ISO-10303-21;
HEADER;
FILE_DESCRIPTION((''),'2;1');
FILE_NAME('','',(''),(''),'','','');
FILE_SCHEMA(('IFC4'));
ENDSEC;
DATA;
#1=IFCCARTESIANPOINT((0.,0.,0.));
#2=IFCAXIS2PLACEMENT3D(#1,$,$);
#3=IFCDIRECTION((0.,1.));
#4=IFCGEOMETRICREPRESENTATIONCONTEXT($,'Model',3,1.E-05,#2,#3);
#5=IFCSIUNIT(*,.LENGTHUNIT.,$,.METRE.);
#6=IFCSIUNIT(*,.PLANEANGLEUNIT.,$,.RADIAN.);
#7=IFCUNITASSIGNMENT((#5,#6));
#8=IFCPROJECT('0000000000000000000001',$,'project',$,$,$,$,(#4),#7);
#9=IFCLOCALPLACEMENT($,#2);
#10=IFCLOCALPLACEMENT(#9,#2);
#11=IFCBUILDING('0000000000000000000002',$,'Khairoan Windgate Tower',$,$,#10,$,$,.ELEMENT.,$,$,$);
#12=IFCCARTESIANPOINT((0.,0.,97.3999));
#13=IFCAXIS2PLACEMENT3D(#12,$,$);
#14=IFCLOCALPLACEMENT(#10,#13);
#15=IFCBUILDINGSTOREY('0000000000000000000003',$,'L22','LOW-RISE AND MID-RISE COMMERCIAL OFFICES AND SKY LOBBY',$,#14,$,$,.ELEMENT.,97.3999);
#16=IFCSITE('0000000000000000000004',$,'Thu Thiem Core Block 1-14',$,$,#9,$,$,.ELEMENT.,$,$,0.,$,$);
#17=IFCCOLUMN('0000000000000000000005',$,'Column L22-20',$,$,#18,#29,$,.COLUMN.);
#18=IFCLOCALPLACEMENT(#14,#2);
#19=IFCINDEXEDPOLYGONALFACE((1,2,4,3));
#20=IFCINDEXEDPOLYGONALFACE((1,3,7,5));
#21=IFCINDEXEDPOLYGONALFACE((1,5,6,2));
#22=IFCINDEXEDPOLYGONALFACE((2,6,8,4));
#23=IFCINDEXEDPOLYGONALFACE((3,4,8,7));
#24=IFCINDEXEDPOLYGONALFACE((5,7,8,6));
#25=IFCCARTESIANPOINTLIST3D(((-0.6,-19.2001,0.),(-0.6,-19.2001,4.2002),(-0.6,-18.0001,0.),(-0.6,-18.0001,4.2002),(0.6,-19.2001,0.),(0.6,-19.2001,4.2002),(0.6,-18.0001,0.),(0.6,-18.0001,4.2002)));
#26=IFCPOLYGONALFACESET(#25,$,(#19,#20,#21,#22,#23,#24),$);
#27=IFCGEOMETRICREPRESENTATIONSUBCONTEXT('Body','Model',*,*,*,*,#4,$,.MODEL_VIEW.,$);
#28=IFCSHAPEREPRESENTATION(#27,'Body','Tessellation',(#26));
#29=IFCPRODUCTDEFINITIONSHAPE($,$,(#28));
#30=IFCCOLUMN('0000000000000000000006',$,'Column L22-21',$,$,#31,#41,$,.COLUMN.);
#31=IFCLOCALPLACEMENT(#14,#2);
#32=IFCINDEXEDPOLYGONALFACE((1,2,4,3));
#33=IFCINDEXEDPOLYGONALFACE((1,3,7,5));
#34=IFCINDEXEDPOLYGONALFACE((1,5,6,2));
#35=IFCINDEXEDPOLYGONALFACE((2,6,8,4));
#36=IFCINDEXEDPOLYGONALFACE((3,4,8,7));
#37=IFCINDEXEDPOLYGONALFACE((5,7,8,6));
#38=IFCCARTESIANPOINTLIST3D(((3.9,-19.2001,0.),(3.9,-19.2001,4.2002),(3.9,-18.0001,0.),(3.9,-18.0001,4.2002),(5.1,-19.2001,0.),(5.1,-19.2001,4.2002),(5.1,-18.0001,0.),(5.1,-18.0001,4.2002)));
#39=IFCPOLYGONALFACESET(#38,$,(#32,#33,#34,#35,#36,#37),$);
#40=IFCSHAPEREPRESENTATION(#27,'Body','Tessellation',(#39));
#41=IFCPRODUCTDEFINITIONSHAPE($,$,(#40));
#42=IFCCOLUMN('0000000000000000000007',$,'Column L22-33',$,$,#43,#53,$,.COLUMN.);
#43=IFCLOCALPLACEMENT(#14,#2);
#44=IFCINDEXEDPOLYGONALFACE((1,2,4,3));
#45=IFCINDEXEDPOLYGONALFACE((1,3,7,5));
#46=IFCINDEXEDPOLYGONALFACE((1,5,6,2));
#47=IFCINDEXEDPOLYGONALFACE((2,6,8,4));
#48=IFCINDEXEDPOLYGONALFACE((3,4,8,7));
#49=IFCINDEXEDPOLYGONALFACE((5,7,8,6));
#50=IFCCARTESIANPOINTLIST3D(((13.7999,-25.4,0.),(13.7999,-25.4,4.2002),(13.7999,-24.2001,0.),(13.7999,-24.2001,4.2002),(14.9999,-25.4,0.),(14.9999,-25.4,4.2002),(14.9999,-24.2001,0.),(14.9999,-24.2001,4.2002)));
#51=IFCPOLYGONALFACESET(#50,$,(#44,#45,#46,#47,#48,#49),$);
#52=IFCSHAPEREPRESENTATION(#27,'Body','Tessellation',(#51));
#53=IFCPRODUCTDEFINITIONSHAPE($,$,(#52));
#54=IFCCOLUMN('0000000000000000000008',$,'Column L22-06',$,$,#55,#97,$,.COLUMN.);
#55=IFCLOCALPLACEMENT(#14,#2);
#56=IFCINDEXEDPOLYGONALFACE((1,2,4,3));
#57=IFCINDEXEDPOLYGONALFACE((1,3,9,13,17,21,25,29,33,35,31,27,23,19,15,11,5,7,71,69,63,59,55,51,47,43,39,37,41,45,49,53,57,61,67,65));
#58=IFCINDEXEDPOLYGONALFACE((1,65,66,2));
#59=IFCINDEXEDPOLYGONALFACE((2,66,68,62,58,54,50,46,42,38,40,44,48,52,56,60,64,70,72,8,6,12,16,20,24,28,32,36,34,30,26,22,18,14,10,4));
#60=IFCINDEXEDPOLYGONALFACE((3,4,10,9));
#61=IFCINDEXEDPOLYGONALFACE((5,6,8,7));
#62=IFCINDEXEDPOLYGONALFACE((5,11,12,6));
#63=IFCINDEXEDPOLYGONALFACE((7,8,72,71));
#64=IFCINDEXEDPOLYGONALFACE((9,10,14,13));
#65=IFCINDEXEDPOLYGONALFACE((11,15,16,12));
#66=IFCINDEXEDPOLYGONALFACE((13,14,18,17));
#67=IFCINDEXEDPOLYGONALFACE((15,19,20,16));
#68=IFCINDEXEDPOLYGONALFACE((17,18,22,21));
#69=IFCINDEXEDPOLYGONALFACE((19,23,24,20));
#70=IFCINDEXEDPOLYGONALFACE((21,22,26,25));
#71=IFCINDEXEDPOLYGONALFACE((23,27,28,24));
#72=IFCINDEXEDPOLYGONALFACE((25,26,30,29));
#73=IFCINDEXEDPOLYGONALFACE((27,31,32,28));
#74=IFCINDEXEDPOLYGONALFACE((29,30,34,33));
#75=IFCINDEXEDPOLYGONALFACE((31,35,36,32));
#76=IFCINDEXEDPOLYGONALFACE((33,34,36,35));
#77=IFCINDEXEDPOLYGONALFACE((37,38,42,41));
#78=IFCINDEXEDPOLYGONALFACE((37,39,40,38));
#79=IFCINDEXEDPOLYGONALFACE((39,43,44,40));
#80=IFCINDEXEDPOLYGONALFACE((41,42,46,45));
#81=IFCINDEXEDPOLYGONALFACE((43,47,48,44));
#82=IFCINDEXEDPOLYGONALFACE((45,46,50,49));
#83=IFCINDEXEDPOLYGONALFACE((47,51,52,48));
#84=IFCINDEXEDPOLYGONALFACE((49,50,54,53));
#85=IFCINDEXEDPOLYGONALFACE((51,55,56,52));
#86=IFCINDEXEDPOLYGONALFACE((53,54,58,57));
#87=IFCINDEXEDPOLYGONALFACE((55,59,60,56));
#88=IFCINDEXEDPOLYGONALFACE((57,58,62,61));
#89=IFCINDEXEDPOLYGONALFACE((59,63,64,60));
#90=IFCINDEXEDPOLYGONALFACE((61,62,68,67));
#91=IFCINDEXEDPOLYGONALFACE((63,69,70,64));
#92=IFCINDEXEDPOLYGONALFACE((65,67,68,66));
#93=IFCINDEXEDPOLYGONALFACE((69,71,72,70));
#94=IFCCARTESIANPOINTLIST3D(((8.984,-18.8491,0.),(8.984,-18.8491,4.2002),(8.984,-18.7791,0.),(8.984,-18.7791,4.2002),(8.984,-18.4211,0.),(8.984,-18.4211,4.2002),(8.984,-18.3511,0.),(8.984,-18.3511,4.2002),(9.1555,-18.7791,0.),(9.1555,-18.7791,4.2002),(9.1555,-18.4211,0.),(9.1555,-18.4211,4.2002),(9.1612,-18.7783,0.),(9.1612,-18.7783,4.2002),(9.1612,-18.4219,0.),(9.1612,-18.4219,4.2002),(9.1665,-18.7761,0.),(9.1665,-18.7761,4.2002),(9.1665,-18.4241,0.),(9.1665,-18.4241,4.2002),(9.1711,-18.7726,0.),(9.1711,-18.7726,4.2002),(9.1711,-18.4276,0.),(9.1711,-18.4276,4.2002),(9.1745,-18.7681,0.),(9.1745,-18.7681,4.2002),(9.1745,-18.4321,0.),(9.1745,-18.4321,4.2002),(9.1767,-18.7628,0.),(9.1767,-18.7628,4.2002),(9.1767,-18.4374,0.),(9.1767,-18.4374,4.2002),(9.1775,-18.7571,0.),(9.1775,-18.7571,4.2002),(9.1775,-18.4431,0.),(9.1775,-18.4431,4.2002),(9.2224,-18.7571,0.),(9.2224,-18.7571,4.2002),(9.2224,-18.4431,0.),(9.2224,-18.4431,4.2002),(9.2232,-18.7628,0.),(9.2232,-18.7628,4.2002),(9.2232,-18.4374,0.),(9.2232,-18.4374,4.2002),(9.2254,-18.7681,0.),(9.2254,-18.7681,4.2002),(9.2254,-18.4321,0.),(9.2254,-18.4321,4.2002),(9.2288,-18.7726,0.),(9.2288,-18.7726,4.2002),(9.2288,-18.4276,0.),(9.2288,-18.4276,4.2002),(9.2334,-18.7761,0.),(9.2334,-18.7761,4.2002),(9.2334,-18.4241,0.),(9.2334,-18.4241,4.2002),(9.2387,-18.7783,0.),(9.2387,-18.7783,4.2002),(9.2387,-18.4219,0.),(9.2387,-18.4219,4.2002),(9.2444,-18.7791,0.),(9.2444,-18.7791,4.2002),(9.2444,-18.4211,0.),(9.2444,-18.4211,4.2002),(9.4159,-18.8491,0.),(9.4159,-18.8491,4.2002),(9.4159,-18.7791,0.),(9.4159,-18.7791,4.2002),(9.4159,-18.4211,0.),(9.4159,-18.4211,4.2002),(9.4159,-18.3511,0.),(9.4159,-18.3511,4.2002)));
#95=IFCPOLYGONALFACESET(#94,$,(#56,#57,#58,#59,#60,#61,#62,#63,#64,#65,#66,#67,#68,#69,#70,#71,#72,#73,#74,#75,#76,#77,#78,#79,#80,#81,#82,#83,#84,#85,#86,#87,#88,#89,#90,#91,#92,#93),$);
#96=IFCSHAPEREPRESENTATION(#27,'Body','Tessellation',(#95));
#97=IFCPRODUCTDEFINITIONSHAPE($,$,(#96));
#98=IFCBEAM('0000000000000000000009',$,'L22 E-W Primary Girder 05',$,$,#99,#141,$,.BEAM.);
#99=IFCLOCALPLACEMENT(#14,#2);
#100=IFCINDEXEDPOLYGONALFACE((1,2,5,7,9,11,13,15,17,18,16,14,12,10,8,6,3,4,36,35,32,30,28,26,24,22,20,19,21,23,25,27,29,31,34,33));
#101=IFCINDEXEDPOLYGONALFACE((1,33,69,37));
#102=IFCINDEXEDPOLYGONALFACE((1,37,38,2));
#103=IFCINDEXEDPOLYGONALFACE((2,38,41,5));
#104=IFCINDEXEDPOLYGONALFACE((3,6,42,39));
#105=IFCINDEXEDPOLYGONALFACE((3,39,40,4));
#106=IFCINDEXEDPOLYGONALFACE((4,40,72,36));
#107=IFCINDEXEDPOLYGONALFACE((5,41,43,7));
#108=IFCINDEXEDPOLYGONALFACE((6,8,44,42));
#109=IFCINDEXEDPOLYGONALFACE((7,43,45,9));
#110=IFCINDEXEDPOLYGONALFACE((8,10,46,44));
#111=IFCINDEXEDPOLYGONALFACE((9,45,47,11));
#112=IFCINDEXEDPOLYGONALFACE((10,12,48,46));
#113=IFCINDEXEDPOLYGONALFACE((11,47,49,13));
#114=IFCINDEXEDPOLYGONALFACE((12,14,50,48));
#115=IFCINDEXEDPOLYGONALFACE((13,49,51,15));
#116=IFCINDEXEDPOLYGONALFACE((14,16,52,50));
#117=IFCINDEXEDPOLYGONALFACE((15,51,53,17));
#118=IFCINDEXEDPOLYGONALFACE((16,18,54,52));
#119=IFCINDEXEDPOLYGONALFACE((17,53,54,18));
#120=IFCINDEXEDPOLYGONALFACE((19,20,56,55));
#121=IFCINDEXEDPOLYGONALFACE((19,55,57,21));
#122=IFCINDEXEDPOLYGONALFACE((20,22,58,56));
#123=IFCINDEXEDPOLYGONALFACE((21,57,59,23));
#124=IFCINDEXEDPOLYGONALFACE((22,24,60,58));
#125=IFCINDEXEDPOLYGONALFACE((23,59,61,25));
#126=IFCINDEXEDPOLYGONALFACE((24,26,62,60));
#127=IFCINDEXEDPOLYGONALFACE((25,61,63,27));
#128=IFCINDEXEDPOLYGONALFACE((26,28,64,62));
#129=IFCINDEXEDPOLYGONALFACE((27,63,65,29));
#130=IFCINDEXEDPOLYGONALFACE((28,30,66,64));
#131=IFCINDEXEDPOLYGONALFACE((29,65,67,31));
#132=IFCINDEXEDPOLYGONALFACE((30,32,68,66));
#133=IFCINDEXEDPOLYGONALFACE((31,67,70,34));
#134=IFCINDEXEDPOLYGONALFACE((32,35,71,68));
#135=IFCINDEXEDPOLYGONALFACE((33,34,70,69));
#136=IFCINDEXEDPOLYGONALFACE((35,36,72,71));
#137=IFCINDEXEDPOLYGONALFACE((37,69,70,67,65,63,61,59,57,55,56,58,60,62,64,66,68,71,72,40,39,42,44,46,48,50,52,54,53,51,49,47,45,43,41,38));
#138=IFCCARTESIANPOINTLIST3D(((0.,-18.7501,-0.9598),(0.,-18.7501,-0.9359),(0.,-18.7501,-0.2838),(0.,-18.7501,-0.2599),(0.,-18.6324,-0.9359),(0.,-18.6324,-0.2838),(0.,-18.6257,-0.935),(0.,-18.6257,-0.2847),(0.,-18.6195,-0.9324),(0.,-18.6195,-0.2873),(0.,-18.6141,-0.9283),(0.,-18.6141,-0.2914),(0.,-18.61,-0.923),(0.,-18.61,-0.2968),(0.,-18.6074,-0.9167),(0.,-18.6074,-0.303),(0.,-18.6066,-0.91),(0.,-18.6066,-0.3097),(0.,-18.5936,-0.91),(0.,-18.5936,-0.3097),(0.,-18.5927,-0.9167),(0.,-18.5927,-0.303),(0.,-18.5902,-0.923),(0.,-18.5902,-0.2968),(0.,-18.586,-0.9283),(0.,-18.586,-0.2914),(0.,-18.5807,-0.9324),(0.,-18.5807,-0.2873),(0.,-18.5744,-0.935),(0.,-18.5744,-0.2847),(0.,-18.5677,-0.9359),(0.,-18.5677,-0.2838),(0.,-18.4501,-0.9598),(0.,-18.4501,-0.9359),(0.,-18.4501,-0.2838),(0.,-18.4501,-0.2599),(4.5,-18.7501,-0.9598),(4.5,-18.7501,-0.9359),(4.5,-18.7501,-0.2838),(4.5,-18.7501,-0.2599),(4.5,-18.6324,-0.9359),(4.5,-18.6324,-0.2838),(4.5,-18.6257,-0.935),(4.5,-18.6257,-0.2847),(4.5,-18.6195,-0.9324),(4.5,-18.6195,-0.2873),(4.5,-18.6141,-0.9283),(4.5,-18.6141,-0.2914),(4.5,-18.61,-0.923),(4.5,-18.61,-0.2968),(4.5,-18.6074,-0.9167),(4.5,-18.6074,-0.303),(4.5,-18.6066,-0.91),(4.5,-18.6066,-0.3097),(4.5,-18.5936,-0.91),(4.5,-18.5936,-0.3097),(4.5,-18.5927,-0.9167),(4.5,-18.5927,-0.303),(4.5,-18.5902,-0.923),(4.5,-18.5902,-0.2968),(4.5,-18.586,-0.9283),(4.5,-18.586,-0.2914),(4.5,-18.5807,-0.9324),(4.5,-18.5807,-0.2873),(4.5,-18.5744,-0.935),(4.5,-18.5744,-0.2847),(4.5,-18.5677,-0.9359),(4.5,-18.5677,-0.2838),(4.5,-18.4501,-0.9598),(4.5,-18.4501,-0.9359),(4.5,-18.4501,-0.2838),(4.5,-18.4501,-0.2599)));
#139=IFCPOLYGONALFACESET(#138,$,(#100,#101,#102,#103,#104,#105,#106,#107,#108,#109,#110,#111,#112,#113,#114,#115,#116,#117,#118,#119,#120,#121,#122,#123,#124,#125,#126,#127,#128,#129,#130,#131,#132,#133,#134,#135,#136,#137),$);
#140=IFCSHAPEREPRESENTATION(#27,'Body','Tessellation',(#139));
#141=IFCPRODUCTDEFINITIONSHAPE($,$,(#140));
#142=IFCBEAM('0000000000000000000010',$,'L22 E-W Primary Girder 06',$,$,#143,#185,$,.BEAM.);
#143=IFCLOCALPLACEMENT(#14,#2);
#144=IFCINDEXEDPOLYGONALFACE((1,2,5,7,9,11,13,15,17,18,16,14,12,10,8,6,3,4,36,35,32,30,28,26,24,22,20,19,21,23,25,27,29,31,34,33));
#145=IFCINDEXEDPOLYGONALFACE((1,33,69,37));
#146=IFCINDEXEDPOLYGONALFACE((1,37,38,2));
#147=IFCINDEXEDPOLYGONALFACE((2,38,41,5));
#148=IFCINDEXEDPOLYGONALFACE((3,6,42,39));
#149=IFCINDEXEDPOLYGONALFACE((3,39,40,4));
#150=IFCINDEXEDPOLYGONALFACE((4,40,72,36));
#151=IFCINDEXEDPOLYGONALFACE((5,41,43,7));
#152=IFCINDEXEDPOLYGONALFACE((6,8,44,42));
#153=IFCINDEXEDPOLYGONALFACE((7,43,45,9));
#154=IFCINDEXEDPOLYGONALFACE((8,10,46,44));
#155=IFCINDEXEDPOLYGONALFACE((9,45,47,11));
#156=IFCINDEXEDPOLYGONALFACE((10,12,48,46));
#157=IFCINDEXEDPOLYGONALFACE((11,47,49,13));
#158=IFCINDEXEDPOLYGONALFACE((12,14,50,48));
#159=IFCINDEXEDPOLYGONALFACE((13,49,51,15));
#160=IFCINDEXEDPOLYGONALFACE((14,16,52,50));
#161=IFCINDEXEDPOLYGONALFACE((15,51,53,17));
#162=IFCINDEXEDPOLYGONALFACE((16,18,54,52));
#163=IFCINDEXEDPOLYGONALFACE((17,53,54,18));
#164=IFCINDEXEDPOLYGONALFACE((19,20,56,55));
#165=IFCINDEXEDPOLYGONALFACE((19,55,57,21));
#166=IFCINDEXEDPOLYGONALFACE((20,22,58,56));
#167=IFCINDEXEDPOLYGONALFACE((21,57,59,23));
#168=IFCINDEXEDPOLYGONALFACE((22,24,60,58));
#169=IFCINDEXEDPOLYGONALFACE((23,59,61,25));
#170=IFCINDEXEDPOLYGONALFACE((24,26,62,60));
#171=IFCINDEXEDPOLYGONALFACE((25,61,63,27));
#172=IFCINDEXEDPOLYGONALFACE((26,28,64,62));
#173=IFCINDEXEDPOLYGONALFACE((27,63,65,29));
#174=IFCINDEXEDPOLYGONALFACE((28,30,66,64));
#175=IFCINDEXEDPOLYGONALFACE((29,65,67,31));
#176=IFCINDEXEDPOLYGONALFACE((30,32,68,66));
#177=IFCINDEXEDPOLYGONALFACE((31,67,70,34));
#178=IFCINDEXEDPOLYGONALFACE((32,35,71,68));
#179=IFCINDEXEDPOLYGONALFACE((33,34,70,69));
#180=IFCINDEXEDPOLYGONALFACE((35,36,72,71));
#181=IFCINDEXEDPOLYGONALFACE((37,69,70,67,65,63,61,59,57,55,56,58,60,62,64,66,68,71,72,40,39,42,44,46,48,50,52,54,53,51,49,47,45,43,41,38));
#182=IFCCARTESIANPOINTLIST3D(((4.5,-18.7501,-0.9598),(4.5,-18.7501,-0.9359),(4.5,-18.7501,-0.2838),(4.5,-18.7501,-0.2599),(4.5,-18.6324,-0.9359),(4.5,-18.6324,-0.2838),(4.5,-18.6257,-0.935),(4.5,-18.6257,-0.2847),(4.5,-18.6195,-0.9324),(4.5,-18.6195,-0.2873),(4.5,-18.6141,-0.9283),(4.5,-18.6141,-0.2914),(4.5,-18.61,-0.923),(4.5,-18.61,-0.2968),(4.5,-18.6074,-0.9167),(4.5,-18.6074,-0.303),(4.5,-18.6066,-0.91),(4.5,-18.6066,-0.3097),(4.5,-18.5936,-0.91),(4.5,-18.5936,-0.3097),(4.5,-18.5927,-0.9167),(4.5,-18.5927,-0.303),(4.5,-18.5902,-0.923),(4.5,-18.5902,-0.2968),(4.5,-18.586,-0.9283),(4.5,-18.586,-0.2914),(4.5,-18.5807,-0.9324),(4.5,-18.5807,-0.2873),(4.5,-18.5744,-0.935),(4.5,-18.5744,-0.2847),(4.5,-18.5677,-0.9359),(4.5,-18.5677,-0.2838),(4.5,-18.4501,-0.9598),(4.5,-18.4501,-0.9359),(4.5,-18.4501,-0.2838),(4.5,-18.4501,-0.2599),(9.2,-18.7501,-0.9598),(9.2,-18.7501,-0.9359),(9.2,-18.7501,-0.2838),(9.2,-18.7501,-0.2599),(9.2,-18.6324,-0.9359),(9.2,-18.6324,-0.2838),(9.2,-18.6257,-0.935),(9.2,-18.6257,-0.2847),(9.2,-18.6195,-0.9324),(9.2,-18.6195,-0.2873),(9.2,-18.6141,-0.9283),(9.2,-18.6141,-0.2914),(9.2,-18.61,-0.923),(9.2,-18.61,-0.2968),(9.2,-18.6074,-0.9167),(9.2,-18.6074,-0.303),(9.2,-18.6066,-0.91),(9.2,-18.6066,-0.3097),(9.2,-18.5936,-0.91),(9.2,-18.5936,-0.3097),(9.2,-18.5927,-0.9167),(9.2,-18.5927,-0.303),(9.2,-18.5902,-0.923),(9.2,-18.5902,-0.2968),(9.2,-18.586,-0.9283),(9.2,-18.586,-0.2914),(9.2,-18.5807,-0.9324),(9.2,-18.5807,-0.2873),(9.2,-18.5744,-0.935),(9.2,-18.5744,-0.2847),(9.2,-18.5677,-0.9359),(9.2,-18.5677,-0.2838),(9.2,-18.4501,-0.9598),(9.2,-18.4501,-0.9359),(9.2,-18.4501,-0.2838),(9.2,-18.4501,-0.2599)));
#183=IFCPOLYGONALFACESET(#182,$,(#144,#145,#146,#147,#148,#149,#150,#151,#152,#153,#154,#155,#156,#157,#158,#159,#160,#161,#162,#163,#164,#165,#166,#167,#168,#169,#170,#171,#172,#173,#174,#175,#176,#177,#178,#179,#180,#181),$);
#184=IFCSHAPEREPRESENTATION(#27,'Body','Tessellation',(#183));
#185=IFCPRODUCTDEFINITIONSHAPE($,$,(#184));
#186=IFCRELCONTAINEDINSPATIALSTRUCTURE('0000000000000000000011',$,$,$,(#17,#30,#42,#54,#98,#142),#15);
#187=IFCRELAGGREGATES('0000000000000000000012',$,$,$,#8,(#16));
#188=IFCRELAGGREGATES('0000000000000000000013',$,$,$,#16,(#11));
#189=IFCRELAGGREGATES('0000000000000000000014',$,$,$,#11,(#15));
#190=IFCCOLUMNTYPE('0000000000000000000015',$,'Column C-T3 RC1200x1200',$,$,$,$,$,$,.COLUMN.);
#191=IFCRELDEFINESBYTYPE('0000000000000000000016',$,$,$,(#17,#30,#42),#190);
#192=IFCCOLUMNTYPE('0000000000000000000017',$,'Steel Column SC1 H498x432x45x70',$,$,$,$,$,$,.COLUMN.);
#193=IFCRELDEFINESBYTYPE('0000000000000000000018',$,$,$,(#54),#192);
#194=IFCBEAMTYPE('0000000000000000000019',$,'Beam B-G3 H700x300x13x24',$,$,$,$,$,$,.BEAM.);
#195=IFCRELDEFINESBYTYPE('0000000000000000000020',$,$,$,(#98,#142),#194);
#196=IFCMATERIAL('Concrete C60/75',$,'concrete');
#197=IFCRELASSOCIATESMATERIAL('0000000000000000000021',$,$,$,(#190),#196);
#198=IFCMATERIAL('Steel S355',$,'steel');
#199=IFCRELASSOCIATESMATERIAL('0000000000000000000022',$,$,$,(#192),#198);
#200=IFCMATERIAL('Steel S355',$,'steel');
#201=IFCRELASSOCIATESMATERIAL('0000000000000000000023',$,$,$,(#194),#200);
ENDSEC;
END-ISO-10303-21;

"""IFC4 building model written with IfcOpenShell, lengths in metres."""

from ifc_helpers import new_model, si_unit, direction, frame, origin, origin_2d, place, context, subcontext, project, spatial, rectangle, i_section, extrude, material, material_profile, profile_set, type_object, element, save


model = new_model("IFC4")

# Units and contexts
model_context = context("Model", 3, precision=1e-05, world=origin(), true_north=direction((0.0, 1.0)))
body_context = subcontext(model_context, "Body", "Model", "MODEL_VIEW")
ifc_project = project(units=[si_unit("LENGTHUNIT", "METRE"), si_unit("PLANEANGLEUNIT", "RADIAN")], contexts=[model_context])

# Site, building, storey
site_placement = place(None, origin())
site = spatial("IfcSite", under=ifc_project, at=site_placement, Name="Thu Thiem Core Block 1-14", CompositionType="ELEMENT", RefElevation=0.0)
building_placement = place(site_placement, origin())
building = spatial("IfcBuilding", under=site, at=building_placement, Name="Khairoan Windgate Tower", CompositionType="ELEMENT")
storey_placement = place(building_placement, frame((0.0, 0.0, 97.3999)))
storey = spatial("IfcBuildingStorey", under=building, at=storey_placement, Name="L22", Description="LOW-RISE AND MID-RISE COMMERCIAL OFFICES AND SKY LOBBY", CompositionType="ELEMENT", Elevation=97.3999)

# Columns
ifc_material_1 = material(Name="Concrete C60/75", Category="concrete")
ifc_material_profile_1 = material_profile(ifc_material_1, rectangle(XDim=1.2, YDim=1.2, at=origin_2d()))
ifc_profile_set_1 = profile_set([ifc_material_profile_1], Name="Concrete C60/75")
column_type_1 = type_object("IfcColumnType", Name="Column C-T3 RC1200x1200", PredefinedType="COLUMN", material=ifc_profile_set_1)
for number, where, z_axis, x_axis, name in (
    (1, (0.0, -18.6001, 0.0), (0.0, 0.0, 1.0), (1.0, 0.0, 0.0), "Column L22-20"),
    (2, (4.5, -18.6001, 0.0), (0.0, 0.0, 1.0), (1.0, 0.0, 0.0), "Column L22-21"),
    (3, (14.3999, -24.8, 0.0), (0.0, 0.0, 1.0), (1.0, 0.0, 0.0), "Column L22-33"),
):
    element("IfcColumn", number, at=place(storey_placement, frame(where, z_axis=z_axis, x_axis=x_axis)), inside=storey, type_object=column_type_1, Name=name, PredefinedType="COLUMN", context=body_context, shape_type="SweptSolid", body=[
        extrude(rectangle(XDim=1.2, YDim=1.2, at=origin_2d()), origin(), (0.0, 0.0, 1.0), 4.2002),
    ])
ifc_material_2 = material(Name="Steel S355", Category="steel")
ifc_material_profile_2 = material_profile(ifc_material_2, i_section(OverallWidth=0.4319, OverallDepth=0.498, WebThickness=0.0449, FlangeThickness=0.0701, FilletRadius=0.022, at=origin_2d()))
ifc_profile_set_2 = profile_set([ifc_material_profile_2], Name="Steel S355")
column_type_2 = type_object("IfcColumnType", Name="Steel Column SC1 H498x432x45x70", PredefinedType="COLUMN", material=ifc_profile_set_2)
column_placement = place(storey_placement, frame((9.2, -18.6001, 0.0), z_axis=(0.0, 0.0, 1.0), x_axis=(1.0, 0.0, 0.0)))
element("IfcColumn", 4, at=column_placement, inside=storey, type_object=column_type_2, Name="Column L22-06", PredefinedType="COLUMN", context=body_context, shape_type="SweptSolid", body=[
    extrude(i_section(OverallWidth=0.4319, OverallDepth=0.498, WebThickness=0.0449, FlangeThickness=0.0701, FilletRadius=0.022, at=origin_2d()), origin(), (0.0, 0.0, 1.0), 4.2002),
])

# Beams
ifc_material_3 = material(Name="Steel S355", Category="steel")
ifc_material_profile_3 = material_profile(ifc_material_3, i_section(OverallWidth=0.3, OverallDepth=0.7, WebThickness=0.0129, FlangeThickness=0.0239, FilletRadius=0.0259, at=origin_2d()))
ifc_profile_set_3 = profile_set([ifc_material_profile_3], Name="Steel S355")
beam_type = type_object("IfcBeamType", Name="Beam B-G3 H700x300x13x24", PredefinedType="BEAM", material=ifc_profile_set_3)
beam_1_placement = place(storey_placement, frame((0.0, -18.6001, -0.6099), z_axis=(1.0, 0.0, 0.0), x_axis=(0.0, 1.0, 0.0)))
element("IfcBeam", 5, at=beam_1_placement, inside=storey, type_object=beam_type, Name="L22 E-W Primary Girder 05", PredefinedType="BEAM", context=body_context, shape_type="SweptSolid", body=[
    extrude(i_section(OverallWidth=0.3, OverallDepth=0.7, WebThickness=0.0129, FlangeThickness=0.0239, FilletRadius=0.0259, at=origin_2d()), origin(), (0.0, 0.0, 1.0), 4.5),
])
beam_2_placement = place(storey_placement, frame((4.5, -18.6001, -0.6099), z_axis=(1.0, 0.0, 0.0), x_axis=(0.0, 1.0, 0.0)))
element("IfcBeam", 6, at=beam_2_placement, inside=storey, type_object=beam_type, Name="L22 E-W Primary Girder 06", PredefinedType="BEAM", context=body_context, shape_type="SweptSolid", body=[
    extrude(i_section(OverallWidth=0.3, OverallDepth=0.7, WebThickness=0.0129, FlangeThickness=0.0239, FilletRadius=0.0259, at=origin_2d()), origin(), (0.0, 0.0, 1.0), 4.7),
])

save(model, "model.ifc")
